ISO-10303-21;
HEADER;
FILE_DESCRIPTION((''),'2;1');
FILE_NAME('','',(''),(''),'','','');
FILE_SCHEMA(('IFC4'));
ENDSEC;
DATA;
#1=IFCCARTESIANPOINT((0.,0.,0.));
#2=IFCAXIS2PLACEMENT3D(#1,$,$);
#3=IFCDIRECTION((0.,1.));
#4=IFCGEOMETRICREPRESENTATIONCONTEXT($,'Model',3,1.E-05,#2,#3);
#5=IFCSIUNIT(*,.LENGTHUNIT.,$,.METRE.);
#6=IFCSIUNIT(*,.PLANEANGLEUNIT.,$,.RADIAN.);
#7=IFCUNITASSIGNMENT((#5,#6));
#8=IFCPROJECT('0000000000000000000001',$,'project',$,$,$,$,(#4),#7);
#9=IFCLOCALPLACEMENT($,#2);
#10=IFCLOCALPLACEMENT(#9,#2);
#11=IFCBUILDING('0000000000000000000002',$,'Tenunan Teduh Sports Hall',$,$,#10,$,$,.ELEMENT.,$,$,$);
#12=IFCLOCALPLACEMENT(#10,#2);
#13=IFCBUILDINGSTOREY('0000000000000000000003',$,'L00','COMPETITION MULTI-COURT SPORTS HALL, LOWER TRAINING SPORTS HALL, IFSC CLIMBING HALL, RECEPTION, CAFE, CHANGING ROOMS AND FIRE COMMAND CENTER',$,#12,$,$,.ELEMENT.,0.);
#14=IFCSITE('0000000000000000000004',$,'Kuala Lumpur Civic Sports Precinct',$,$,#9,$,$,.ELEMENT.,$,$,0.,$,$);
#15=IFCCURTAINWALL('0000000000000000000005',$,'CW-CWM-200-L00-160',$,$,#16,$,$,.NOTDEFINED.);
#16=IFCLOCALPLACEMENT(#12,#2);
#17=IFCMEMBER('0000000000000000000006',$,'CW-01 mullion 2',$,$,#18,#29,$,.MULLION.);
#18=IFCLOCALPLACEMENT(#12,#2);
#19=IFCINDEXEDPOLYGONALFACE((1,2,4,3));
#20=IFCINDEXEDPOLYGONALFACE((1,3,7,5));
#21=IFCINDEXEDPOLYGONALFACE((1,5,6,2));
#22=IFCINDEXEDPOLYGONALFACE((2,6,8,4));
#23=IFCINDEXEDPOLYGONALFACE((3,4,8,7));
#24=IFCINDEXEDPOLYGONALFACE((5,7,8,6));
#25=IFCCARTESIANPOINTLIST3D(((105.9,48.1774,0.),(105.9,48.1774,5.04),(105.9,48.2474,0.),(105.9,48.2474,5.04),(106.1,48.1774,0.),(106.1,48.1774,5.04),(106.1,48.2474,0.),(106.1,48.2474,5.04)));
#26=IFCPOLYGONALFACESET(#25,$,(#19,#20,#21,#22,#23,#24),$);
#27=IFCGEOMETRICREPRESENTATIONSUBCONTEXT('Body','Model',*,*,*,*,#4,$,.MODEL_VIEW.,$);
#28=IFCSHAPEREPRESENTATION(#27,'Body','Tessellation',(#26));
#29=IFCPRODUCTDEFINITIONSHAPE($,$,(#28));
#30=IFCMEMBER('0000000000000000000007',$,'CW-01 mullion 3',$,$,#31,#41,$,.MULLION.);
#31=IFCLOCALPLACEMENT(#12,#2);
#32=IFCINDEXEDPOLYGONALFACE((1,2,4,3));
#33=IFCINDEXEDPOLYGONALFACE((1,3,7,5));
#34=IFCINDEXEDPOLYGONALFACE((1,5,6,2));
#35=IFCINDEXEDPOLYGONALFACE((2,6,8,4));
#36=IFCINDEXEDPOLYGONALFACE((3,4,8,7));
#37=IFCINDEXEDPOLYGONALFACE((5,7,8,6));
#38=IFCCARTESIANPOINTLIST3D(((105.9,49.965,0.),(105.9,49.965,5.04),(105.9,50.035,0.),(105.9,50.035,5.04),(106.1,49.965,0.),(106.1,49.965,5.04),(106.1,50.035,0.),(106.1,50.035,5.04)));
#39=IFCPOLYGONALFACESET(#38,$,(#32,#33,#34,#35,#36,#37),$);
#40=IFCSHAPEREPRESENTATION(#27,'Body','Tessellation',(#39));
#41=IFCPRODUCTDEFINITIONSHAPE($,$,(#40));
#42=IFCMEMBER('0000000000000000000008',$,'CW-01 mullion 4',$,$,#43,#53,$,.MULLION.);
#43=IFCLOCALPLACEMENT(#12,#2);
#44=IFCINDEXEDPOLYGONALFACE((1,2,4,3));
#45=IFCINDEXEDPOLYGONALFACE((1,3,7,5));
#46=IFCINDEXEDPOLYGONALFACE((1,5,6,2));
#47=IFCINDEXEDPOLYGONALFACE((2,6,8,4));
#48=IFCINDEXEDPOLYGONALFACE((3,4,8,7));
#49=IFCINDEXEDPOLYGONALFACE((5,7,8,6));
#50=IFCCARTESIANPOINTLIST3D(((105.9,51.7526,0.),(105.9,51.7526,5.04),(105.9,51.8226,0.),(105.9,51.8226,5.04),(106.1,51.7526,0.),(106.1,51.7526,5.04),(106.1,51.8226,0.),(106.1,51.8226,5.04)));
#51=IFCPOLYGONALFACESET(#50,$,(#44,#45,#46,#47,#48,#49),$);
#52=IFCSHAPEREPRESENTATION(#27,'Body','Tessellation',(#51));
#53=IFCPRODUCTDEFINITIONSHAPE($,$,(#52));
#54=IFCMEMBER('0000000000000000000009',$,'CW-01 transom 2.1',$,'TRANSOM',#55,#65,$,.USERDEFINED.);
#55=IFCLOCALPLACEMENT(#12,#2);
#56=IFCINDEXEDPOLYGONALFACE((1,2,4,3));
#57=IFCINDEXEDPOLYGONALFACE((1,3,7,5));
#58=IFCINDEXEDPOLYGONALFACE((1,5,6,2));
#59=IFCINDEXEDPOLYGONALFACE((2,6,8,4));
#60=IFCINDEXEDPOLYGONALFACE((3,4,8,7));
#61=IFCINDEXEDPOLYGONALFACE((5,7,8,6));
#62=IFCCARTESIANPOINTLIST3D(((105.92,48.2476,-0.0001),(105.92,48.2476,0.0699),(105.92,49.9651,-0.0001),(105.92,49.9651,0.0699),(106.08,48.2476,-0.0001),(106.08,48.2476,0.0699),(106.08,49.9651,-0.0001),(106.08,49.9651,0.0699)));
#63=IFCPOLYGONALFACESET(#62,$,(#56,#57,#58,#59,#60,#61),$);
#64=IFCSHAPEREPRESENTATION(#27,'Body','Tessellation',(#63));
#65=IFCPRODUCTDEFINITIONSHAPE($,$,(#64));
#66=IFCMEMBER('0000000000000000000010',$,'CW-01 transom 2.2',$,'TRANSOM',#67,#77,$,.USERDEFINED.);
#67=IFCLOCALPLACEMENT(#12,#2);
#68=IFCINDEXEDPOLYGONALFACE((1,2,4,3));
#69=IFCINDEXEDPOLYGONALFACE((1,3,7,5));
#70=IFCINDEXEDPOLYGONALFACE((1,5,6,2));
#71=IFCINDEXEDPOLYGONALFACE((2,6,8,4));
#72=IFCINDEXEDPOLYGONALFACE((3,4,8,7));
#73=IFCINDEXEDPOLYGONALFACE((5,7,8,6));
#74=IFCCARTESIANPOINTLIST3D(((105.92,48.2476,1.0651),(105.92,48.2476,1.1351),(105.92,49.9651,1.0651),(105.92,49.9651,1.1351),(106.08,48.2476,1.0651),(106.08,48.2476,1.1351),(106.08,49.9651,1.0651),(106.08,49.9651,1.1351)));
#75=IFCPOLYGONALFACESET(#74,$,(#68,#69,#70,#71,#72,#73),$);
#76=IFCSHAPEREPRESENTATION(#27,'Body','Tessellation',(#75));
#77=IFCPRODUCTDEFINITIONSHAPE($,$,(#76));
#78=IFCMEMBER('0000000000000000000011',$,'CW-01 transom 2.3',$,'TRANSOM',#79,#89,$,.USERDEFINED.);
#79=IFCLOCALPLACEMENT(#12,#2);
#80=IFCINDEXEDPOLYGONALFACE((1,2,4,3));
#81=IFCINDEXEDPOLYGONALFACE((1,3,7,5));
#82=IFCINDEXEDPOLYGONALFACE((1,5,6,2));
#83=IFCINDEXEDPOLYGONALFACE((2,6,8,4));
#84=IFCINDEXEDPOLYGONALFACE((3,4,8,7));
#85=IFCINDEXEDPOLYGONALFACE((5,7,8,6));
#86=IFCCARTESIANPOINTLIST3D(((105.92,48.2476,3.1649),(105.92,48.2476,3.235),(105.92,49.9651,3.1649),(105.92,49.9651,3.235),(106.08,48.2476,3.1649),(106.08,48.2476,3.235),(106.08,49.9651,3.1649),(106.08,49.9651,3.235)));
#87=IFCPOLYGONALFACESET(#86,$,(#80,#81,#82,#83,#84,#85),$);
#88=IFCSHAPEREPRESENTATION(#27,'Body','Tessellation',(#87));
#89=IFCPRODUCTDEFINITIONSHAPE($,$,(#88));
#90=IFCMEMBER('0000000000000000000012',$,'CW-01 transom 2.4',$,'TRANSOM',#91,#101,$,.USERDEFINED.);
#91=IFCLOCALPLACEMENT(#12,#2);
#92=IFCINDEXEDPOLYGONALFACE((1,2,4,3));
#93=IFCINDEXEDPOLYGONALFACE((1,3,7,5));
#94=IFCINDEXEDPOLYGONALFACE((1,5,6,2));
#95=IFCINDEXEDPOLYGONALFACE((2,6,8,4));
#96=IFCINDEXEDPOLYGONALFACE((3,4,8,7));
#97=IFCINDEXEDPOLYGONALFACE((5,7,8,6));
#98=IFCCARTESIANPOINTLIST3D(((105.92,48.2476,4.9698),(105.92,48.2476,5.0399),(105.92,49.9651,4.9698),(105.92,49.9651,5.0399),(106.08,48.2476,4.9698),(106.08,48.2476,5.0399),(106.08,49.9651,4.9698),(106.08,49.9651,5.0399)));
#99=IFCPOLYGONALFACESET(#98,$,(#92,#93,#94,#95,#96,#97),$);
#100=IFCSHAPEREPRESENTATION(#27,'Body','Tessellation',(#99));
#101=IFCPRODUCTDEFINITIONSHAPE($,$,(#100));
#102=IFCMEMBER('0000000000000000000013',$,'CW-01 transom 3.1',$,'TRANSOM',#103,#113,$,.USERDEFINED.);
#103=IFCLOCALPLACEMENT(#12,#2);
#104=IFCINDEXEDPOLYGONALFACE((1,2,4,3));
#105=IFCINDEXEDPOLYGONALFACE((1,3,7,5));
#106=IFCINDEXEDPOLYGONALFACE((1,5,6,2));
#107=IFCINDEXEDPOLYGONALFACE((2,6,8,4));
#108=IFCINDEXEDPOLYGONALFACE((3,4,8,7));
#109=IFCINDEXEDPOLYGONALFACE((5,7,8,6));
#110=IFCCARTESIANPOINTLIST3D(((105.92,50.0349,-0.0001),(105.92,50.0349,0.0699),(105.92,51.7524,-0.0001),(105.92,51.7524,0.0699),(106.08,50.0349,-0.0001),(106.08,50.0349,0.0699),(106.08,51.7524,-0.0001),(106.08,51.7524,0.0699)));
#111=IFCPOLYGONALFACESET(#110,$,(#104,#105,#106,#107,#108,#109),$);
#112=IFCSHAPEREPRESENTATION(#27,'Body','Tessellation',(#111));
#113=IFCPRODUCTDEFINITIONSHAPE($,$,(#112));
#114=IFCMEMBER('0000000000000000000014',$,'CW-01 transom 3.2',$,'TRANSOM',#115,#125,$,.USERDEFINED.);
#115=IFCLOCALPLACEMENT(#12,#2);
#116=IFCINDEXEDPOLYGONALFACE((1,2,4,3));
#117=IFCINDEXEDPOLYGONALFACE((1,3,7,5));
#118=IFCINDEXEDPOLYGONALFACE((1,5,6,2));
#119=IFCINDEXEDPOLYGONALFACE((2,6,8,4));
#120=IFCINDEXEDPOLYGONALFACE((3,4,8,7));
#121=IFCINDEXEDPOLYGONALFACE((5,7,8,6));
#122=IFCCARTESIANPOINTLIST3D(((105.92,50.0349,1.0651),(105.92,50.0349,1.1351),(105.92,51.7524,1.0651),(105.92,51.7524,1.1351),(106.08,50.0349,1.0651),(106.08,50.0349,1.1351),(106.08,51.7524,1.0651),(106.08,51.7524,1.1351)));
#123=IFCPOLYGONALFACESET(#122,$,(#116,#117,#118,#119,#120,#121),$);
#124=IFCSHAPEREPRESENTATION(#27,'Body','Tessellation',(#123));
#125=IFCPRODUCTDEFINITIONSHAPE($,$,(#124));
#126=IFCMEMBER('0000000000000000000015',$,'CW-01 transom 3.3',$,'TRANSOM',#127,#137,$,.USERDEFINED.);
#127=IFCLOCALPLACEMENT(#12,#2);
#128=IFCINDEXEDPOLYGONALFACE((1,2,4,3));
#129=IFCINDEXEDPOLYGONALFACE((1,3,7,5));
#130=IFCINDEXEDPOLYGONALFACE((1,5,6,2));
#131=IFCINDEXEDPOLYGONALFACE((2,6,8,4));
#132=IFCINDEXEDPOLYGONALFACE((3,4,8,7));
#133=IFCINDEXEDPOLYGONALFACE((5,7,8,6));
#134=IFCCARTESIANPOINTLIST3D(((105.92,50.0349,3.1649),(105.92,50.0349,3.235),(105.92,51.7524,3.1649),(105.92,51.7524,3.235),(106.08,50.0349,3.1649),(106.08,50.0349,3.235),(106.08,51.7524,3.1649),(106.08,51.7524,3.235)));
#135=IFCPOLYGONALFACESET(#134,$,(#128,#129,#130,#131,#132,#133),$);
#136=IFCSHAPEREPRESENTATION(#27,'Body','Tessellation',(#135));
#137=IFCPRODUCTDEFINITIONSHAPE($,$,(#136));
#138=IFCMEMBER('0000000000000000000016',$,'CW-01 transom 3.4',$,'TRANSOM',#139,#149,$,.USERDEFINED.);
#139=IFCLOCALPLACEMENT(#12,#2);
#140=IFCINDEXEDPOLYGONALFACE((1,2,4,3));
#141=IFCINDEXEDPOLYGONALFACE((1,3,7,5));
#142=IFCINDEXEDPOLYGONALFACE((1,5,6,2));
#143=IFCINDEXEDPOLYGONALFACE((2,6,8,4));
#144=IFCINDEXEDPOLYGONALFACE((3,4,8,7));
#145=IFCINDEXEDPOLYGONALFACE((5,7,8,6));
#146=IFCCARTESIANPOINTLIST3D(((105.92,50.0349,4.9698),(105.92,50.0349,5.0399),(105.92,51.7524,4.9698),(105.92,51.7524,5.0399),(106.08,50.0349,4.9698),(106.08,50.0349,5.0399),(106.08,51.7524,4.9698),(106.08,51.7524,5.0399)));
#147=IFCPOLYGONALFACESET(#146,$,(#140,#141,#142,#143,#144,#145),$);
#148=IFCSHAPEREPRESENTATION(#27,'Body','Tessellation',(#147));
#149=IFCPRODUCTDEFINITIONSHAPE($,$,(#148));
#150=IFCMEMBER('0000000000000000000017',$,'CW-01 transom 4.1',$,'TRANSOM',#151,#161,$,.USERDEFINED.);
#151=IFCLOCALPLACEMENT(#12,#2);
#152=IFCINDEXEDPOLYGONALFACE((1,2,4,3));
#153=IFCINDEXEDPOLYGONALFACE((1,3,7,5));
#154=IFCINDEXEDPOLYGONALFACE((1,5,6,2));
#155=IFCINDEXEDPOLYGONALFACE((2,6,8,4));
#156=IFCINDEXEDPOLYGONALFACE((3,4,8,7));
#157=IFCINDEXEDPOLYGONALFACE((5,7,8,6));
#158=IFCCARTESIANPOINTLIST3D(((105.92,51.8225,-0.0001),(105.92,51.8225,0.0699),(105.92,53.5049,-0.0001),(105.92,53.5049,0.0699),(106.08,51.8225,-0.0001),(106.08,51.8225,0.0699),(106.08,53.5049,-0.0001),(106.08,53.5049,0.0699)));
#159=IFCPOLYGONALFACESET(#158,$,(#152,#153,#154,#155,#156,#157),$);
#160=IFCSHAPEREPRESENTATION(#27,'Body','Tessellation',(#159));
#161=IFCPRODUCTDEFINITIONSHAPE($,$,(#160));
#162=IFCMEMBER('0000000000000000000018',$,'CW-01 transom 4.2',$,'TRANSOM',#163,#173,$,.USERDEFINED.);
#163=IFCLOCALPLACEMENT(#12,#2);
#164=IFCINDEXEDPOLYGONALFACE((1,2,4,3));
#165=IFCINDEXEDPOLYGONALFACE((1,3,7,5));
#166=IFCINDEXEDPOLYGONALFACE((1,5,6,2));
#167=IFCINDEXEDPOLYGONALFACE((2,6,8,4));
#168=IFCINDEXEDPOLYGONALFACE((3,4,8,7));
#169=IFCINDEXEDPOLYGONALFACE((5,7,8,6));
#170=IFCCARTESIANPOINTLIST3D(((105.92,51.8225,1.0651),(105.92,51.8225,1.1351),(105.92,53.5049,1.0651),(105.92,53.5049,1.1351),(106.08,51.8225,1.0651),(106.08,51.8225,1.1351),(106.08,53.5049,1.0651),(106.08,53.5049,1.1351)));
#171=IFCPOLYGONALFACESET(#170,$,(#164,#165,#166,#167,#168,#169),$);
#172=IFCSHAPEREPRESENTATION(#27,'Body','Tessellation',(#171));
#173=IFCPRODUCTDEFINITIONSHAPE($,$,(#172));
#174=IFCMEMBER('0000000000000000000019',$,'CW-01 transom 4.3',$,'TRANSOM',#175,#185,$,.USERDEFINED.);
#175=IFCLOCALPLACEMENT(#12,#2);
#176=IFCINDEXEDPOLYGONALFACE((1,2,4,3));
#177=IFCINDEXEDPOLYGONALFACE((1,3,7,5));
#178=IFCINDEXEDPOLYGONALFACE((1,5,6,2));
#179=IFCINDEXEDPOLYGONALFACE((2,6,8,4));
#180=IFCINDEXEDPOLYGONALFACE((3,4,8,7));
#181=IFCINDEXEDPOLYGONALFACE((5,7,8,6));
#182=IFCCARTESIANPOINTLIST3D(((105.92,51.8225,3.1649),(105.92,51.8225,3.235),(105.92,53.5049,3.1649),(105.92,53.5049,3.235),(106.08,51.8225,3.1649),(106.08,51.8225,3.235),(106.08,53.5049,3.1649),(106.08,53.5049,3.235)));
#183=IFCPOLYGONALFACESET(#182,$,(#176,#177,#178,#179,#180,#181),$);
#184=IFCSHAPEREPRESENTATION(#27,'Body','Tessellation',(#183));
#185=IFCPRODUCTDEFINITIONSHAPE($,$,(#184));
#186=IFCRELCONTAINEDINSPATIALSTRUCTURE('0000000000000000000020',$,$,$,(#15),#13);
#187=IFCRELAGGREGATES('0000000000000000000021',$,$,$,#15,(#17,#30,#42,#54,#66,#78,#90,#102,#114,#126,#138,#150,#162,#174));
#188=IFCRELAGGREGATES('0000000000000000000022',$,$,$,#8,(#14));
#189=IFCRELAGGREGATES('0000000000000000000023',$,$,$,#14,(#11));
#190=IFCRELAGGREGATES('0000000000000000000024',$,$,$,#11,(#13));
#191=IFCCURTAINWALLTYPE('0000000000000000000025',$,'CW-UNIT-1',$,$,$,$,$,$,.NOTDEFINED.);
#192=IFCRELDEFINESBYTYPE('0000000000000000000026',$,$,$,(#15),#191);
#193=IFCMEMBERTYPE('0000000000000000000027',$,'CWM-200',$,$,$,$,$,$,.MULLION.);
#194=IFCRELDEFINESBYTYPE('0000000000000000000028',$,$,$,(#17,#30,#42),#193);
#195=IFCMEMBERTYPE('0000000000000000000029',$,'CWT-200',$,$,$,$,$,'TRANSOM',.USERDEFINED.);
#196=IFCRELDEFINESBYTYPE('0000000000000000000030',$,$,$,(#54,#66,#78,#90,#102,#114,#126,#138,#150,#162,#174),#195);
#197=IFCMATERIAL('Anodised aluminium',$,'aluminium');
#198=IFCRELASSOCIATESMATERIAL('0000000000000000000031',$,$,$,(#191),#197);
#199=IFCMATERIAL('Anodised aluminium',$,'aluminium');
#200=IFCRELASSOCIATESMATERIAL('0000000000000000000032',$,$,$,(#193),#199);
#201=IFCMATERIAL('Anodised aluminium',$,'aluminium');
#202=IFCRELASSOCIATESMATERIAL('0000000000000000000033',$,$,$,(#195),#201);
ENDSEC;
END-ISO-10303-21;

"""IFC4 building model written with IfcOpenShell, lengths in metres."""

from ifc_helpers import new_model, si_unit, direction, frame, origin, origin_2d, place, context, subcontext, project, spatial, rectangle, extrude, material, material_profile, profile_set, type_object, element, aggregate, save


model = new_model("IFC4")

# Units and contexts
model_context = context("Model", 3, precision=1e-05, world=origin(), true_north=direction((0.0, 1.0)))
body_context = subcontext(model_context, "Body", "Model", "MODEL_VIEW")
ifc_project = project(units=[si_unit("LENGTHUNIT", "METRE"), si_unit("PLANEANGLEUNIT", "RADIAN")], contexts=[model_context])

# Site, building, storey
site_placement = place(None, origin())
site = spatial("IfcSite", under=ifc_project, at=site_placement, Name="Kuala Lumpur Civic Sports Precinct", CompositionType="ELEMENT", RefElevation=0.0)
building_placement = place(site_placement, origin())
building = spatial("IfcBuilding", under=site, at=building_placement, Name="Tenunan Teduh Sports Hall", CompositionType="ELEMENT")
storey_placement = place(building_placement, origin())
storey = spatial("IfcBuildingStorey", under=building, at=storey_placement, Name="L00", Description="COMPETITION MULTI-COURT SPORTS HALL, LOWER TRAINING SPORTS HALL, IFSC CLIMBING HALL, RECEPTION, CAFE, CHANGING ROOMS AND FIRE COMMAND CENTER", CompositionType="ELEMENT", Elevation=0.0)

# Curtain wall, members
ifc_material_1 = material(Name="Anodised aluminium", Category="aluminium")
curtain_wall_type = type_object("IfcCurtainWallType", Name="CW-UNIT-1", PredefinedType="NOTDEFINED", material=ifc_material_1)
curtain_wall_placement = place(storey_placement, origin())
curtain_wall = element("IfcCurtainWall", 1, at=curtain_wall_placement, inside=storey, type_object=curtain_wall_type, Name="CW-CWM-200-L00-160", PredefinedType="NOTDEFINED")
ifc_material_2 = material(Name="Anodised aluminium", Category="aluminium")
ifc_material_profile_1 = material_profile(ifc_material_2, rectangle(XDim=0.0701, YDim=0.2, at=origin_2d()), Name="CWM 70x200")
ifc_profile_set_1 = profile_set([ifc_material_profile_1], Name="Anodised aluminium")
member_type_1 = type_object("IfcMemberType", Name="CWM-200", PredefinedType="MULLION", material=ifc_profile_set_1)
member_1_placement = place(storey_placement, frame((106.0, 48.2124, 0.0), z_axis=(0.0, 0.0, 1.0), x_axis=(0.0, 1.0, 0.0)))
member_1 = element("IfcMember", 2, at=member_1_placement, type_object=member_type_1, Name="CW-01 mullion 2", PredefinedType="MULLION", context=body_context, shape_type="SweptSolid", body=[
    extrude(rectangle(XDim=0.0701, YDim=0.2, at=origin_2d()), origin(), (0.0, 0.0, 1.0), 5.04),
])
member_2_placement = place(storey_placement, frame((106.0, 50.0, 0.0), z_axis=(0.0, 0.0, 1.0), x_axis=(0.0, 1.0, 0.0)))
member_2 = element("IfcMember", 3, at=member_2_placement, type_object=member_type_1, Name="CW-01 mullion 3", PredefinedType="MULLION", context=body_context, shape_type="SweptSolid", body=[
    extrude(rectangle(XDim=0.0701, YDim=0.2, at=origin_2d()), origin(), (0.0, 0.0, 1.0), 5.04),
])
member_3_placement = place(storey_placement, frame((106.0, 51.7876, 0.0), z_axis=(0.0, 0.0, 1.0), x_axis=(0.0, 1.0, 0.0)))
member_3 = element("IfcMember", 4, at=member_3_placement, type_object=member_type_1, Name="CW-01 mullion 4", PredefinedType="MULLION", context=body_context, shape_type="SweptSolid", body=[
    extrude(rectangle(XDim=0.0701, YDim=0.2, at=origin_2d()), origin(), (0.0, 0.0, 1.0), 5.04),
])
ifc_material_3 = material(Name="Anodised aluminium", Category="aluminium")
ifc_material_profile_2 = material_profile(ifc_material_3, rectangle(XDim=0.0701, YDim=0.1599, at=origin_2d()), Name="CWT 70x160")
ifc_profile_set_2 = profile_set([ifc_material_profile_2], Name="Anodised aluminium")
member_type_2 = type_object("IfcMemberType", Name="CWT-200", ElementType="TRANSOM", PredefinedType="USERDEFINED", material=ifc_profile_set_2)
member_4_placement = place(storey_placement, frame((106.0, 48.2476, 0.0349), z_axis=(0.0, 1.0, 0.0), x_axis=(0.0, 0.0, 1.0)))
member_4 = element("IfcMember", 5, at=member_4_placement, type_object=member_type_2, Name="CW-01 transom 2.1", ObjectType="TRANSOM", PredefinedType="USERDEFINED", context=body_context, shape_type="SweptSolid", body=[
    extrude(rectangle(XDim=0.0701, YDim=0.1599, at=origin_2d()), origin(), (0.0, 0.0, 1.0), 1.7175),
])
member_5_placement = place(storey_placement, frame((106.0, 48.2476, 1.1001), z_axis=(0.0, 1.0, 0.0), x_axis=(0.0, 0.0, 1.0)))
member_5 = element("IfcMember", 6, at=member_5_placement, type_object=member_type_2, Name="CW-01 transom 2.2", ObjectType="TRANSOM", PredefinedType="USERDEFINED", context=body_context, shape_type="SweptSolid", body=[
    extrude(rectangle(XDim=0.0701, YDim=0.1599, at=origin_2d()), origin(), (0.0, 0.0, 1.0), 1.7175),
])
member_6_placement = place(storey_placement, frame((106.0, 48.2476, 3.2), z_axis=(0.0, 1.0, 0.0), x_axis=(0.0, 0.0, 1.0)))
member_6 = element("IfcMember", 7, at=member_6_placement, type_object=member_type_2, Name="CW-01 transom 2.3", ObjectType="TRANSOM", PredefinedType="USERDEFINED", context=body_context, shape_type="SweptSolid", body=[
    extrude(rectangle(XDim=0.0701, YDim=0.1599, at=origin_2d()), origin(), (0.0, 0.0, 1.0), 1.7175),
])
member_7_placement = place(storey_placement, frame((106.0, 48.2476, 5.0049), z_axis=(0.0, 1.0, 0.0), x_axis=(0.0, 0.0, 1.0)))
member_7 = element("IfcMember", 8, at=member_7_placement, type_object=member_type_2, Name="CW-01 transom 2.4", ObjectType="TRANSOM", PredefinedType="USERDEFINED", context=body_context, shape_type="SweptSolid", body=[
    extrude(rectangle(XDim=0.0701, YDim=0.1599, at=origin_2d()), origin(), (0.0, 0.0, 1.0), 1.7175),
])
member_8_placement = place(storey_placement, frame((106.0, 50.0349, 0.0349), z_axis=(0.0, 1.0, 0.0), x_axis=(0.0, 0.0, 1.0)))
member_8 = element("IfcMember", 9, at=member_8_placement, type_object=member_type_2, Name="CW-01 transom 3.1", ObjectType="TRANSOM", PredefinedType="USERDEFINED", context=body_context, shape_type="SweptSolid", body=[
    extrude(rectangle(XDim=0.0701, YDim=0.1599, at=origin_2d()), origin(), (0.0, 0.0, 1.0), 1.7175),
])
member_9_placement = place(storey_placement, frame((106.0, 50.0349, 1.1001), z_axis=(0.0, 1.0, 0.0), x_axis=(0.0, 0.0, 1.0)))
member_9 = element("IfcMember", 10, at=member_9_placement, type_object=member_type_2, Name="CW-01 transom 3.2", ObjectType="TRANSOM", PredefinedType="USERDEFINED", context=body_context, shape_type="SweptSolid", body=[
    extrude(rectangle(XDim=0.0701, YDim=0.1599, at=origin_2d()), origin(), (0.0, 0.0, 1.0), 1.7175),
])
member_10_placement = place(storey_placement, frame((106.0, 50.0349, 3.2), z_axis=(0.0, 1.0, 0.0), x_axis=(0.0, 0.0, 1.0)))
member_10 = element("IfcMember", 11, at=member_10_placement, type_object=member_type_2, Name="CW-01 transom 3.3", ObjectType="TRANSOM", PredefinedType="USERDEFINED", context=body_context, shape_type="SweptSolid", body=[
    extrude(rectangle(XDim=0.0701, YDim=0.1599, at=origin_2d()), origin(), (0.0, 0.0, 1.0), 1.7175),
])
member_11_placement = place(storey_placement, frame((106.0, 50.0349, 5.0049), z_axis=(0.0, 1.0, 0.0), x_axis=(0.0, 0.0, 1.0)))
member_11 = element("IfcMember", 12, at=member_11_placement, type_object=member_type_2, Name="CW-01 transom 3.4", ObjectType="TRANSOM", PredefinedType="USERDEFINED", context=body_context, shape_type="SweptSolid", body=[
    extrude(rectangle(XDim=0.0701, YDim=0.1599, at=origin_2d()), origin(), (0.0, 0.0, 1.0), 1.7175),
])
member_12_placement = place(storey_placement, frame((106.0, 51.8225, 0.0349), z_axis=(0.0, 1.0, 0.0), x_axis=(0.0, 0.0, 1.0)))
member_12 = element("IfcMember", 13, at=member_12_placement, type_object=member_type_2, Name="CW-01 transom 4.1", ObjectType="TRANSOM", PredefinedType="USERDEFINED", context=body_context, shape_type="SweptSolid", body=[
    extrude(rectangle(XDim=0.0701, YDim=0.1599, at=origin_2d()), origin(), (0.0, 0.0, 1.0), 1.6824),
])
member_13_placement = place(storey_placement, frame((106.0, 51.8225, 1.1001), z_axis=(0.0, 1.0, 0.0), x_axis=(0.0, 0.0, 1.0)))
member_13 = element("IfcMember", 14, at=member_13_placement, type_object=member_type_2, Name="CW-01 transom 4.2", ObjectType="TRANSOM", PredefinedType="USERDEFINED", context=body_context, shape_type="SweptSolid", body=[
    extrude(rectangle(XDim=0.0701, YDim=0.1599, at=origin_2d()), origin(), (0.0, 0.0, 1.0), 1.6824),
])
member_14_placement = place(storey_placement, frame((106.0, 51.8225, 3.2), z_axis=(0.0, 1.0, 0.0), x_axis=(0.0, 0.0, 1.0)))
member_14 = element("IfcMember", 15, at=member_14_placement, type_object=member_type_2, Name="CW-01 transom 4.3", ObjectType="TRANSOM", PredefinedType="USERDEFINED", context=body_context, shape_type="SweptSolid", body=[
    extrude(rectangle(XDim=0.0701, YDim=0.1599, at=origin_2d()), origin(), (0.0, 0.0, 1.0), 1.6824),
])

aggregate(curtain_wall, [member_1, member_2, member_3, member_4, member_5, member_6, member_7, member_8, member_9, member_10, member_11, member_12, member_13, member_14])

save(model, "model.ifc")
